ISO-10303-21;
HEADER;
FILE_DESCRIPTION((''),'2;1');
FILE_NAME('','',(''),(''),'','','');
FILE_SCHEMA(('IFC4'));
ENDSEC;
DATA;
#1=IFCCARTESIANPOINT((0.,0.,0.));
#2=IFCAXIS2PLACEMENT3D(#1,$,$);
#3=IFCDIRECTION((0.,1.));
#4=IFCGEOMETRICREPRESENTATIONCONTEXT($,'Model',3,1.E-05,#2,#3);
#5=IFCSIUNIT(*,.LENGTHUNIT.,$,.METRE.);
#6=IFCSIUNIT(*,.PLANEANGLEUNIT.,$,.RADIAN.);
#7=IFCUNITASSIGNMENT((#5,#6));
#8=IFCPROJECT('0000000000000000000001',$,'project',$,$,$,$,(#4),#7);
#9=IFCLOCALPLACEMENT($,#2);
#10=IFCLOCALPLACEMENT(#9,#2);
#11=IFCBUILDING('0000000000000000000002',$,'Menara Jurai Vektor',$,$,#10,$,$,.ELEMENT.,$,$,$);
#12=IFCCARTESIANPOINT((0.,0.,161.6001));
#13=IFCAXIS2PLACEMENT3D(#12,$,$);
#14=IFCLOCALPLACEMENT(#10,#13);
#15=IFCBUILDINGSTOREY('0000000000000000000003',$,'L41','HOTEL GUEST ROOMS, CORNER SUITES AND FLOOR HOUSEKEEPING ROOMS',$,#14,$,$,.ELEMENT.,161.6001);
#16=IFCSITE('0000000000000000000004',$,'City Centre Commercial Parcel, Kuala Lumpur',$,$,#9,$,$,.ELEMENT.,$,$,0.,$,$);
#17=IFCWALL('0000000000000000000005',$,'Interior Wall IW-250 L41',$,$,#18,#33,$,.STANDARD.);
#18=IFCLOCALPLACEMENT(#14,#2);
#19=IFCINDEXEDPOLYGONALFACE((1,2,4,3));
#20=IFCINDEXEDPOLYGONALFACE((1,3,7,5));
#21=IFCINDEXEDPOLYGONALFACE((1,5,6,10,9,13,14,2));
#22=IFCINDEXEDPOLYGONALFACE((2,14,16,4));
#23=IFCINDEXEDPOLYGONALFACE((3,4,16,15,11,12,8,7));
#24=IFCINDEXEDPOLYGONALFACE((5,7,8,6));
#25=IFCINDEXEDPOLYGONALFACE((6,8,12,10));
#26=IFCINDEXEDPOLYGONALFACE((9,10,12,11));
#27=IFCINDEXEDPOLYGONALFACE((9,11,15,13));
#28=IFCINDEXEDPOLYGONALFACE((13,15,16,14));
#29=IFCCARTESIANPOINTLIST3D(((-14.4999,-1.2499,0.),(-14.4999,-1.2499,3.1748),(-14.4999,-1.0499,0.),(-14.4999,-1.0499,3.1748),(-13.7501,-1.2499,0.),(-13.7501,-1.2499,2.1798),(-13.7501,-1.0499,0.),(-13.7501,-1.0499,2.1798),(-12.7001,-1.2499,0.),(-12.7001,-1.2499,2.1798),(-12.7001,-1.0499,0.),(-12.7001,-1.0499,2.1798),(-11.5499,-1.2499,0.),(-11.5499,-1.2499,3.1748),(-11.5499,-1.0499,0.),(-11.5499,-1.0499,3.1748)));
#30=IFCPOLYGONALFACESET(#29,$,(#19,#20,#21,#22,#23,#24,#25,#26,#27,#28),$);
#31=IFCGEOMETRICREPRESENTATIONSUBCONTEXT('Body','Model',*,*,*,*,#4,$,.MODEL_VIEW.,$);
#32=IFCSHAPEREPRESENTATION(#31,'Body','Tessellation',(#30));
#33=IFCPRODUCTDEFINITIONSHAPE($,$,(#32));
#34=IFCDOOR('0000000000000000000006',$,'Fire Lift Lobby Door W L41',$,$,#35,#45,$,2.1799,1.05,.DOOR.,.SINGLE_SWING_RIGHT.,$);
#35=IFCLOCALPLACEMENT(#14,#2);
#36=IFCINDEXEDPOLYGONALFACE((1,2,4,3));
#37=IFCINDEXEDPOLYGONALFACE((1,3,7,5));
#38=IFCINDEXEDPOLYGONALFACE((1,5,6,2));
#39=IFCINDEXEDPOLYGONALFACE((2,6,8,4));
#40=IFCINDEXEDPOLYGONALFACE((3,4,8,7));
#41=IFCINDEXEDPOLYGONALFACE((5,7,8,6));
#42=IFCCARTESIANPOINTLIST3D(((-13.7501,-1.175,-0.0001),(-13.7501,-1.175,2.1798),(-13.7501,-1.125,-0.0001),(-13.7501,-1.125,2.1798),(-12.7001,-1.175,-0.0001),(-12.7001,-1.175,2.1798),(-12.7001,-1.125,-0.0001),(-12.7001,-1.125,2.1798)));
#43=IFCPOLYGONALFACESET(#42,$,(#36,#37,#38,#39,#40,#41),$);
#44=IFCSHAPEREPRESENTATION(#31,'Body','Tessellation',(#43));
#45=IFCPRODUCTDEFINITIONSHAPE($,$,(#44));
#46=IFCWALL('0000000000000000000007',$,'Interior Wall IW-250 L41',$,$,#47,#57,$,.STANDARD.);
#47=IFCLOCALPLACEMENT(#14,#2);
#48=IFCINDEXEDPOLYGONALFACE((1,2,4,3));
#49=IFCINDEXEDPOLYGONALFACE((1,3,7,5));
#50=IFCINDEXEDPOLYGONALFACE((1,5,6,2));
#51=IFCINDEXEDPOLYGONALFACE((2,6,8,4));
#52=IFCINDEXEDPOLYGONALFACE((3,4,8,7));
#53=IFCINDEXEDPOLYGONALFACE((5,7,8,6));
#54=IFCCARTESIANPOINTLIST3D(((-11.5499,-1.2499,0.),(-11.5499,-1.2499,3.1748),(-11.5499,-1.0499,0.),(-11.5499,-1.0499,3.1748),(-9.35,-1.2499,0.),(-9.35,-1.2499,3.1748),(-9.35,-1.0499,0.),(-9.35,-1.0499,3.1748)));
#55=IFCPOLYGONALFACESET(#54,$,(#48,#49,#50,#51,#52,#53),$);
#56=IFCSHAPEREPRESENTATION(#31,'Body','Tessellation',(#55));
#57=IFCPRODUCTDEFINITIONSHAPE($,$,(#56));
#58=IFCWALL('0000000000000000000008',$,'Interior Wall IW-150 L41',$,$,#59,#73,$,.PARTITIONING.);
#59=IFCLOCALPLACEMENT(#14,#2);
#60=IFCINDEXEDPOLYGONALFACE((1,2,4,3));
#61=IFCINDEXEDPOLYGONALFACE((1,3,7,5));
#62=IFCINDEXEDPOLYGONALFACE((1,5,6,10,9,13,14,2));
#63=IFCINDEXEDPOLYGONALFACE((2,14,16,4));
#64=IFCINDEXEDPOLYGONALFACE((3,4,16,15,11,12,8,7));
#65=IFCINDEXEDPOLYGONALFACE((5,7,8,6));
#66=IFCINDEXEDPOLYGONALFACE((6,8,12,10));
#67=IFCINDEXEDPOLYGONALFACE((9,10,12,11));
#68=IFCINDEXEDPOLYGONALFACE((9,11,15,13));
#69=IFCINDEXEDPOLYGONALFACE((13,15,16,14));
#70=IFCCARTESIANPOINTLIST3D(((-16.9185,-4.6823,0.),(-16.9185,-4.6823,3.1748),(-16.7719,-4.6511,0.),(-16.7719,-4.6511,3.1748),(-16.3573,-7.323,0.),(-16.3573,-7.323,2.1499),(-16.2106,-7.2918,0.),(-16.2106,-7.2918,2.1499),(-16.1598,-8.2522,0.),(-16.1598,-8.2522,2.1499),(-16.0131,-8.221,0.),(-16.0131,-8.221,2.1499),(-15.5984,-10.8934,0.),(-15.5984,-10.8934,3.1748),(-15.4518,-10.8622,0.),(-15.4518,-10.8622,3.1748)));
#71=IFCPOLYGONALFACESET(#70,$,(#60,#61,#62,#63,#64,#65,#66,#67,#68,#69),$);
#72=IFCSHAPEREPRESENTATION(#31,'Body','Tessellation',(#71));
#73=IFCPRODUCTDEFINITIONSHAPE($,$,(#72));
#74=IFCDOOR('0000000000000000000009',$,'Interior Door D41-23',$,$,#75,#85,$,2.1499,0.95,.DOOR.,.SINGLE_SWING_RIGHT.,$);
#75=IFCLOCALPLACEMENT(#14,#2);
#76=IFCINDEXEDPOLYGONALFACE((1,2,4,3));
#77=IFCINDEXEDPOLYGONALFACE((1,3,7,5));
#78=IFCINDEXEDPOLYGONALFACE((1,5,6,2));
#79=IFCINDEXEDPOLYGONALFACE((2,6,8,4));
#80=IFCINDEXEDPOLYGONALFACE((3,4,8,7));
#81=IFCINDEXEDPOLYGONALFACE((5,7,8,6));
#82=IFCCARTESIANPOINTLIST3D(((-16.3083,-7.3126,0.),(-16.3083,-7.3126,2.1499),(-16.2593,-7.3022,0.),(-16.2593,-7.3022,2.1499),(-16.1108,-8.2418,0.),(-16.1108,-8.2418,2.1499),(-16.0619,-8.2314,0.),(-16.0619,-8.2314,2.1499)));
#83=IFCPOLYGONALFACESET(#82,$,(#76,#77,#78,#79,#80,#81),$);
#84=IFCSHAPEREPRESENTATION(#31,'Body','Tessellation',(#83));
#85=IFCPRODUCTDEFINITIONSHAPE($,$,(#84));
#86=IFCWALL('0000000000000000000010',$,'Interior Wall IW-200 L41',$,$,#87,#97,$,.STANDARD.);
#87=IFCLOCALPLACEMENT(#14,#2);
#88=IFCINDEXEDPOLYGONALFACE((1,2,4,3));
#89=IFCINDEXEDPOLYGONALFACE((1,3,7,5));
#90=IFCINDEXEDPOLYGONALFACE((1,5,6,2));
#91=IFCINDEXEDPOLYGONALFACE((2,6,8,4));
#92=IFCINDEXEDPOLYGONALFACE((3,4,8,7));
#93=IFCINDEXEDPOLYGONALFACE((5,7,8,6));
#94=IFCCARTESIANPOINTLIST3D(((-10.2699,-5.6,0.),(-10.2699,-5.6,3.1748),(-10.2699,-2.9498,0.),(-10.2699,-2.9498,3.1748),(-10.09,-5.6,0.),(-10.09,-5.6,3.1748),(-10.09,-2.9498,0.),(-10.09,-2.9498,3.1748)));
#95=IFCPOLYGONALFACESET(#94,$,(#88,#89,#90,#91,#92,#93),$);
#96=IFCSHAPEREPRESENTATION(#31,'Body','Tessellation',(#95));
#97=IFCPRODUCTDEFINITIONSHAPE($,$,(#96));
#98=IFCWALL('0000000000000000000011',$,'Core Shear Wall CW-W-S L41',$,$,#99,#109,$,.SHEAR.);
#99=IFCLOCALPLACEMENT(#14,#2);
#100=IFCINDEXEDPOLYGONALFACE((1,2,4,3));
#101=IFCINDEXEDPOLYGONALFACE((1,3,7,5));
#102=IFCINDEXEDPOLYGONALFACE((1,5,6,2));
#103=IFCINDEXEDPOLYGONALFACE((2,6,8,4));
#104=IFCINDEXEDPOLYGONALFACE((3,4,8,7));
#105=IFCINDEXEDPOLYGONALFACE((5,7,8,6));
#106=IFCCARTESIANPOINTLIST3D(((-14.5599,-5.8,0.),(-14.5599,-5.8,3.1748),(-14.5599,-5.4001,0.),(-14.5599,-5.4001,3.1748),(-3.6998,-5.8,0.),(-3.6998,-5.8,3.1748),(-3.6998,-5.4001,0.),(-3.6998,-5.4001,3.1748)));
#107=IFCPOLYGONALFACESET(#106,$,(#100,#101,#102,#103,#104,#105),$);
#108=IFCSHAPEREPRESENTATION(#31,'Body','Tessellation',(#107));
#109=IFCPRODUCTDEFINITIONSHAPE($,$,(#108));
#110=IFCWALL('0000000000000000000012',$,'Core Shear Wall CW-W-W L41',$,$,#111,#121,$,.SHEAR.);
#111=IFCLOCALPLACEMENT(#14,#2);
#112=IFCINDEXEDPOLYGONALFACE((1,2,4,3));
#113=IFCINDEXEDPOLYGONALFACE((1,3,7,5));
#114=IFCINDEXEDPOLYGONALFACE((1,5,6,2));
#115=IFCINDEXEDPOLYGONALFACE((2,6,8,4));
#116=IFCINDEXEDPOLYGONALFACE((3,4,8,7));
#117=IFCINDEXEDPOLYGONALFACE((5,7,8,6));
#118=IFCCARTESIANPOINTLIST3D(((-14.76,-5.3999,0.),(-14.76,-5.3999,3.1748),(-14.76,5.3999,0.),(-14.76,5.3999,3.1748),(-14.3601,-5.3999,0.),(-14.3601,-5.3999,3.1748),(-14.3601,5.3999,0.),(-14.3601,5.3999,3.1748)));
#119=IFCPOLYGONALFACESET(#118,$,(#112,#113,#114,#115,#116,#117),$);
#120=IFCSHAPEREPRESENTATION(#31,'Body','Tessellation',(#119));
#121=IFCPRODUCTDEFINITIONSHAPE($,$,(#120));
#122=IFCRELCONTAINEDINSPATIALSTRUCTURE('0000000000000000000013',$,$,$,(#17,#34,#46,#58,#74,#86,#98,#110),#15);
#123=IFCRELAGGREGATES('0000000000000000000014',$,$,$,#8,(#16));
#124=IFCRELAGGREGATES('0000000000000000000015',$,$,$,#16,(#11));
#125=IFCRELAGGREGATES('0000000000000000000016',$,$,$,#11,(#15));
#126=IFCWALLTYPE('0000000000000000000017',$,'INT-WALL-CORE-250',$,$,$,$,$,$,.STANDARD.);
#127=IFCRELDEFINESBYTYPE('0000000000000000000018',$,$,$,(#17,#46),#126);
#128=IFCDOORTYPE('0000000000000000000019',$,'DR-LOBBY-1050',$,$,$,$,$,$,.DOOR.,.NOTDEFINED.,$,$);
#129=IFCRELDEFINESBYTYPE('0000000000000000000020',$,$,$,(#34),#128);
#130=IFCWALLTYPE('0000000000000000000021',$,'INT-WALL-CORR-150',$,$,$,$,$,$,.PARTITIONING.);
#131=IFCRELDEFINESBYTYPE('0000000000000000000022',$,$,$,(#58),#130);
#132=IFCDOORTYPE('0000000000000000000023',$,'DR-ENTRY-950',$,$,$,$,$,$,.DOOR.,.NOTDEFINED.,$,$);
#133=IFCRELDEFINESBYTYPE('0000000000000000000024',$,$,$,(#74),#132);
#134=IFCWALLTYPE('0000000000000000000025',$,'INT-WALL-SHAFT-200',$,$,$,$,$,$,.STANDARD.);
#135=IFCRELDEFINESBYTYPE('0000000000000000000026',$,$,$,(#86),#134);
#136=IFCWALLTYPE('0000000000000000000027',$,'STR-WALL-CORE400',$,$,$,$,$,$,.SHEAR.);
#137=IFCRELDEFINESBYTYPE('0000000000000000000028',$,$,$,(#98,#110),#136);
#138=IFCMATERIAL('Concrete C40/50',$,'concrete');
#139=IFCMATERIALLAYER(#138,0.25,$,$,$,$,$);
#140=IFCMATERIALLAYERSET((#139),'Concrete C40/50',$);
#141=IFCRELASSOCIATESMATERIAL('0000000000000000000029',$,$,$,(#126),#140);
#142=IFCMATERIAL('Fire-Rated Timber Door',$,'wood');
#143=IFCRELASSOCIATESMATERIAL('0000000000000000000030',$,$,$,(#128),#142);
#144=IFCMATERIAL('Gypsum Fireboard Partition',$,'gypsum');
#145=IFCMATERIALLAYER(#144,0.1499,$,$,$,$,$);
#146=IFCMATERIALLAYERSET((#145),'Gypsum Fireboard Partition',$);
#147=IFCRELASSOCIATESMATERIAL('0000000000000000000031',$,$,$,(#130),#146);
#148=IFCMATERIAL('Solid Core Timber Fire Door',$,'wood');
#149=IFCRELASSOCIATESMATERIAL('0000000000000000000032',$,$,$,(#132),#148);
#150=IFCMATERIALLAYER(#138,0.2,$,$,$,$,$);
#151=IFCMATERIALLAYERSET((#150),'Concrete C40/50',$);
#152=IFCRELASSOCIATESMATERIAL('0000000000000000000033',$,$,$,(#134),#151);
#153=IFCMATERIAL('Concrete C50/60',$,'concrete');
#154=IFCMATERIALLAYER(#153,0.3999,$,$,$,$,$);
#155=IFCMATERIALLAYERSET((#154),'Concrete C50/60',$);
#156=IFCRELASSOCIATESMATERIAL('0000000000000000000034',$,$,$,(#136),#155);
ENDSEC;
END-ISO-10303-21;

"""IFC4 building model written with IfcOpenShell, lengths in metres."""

from ifc_helpers import new_model, si_unit, direction, frame, frame_2d, origin, place, context, subcontext, project, spatial, rectangle, extrude, material, layer, layer_set, type_object, element, fill, save


model = new_model("IFC4")

# Units and contexts
model_context = context("Model", 3, precision=1e-05, world=origin(), true_north=direction((0.0, 1.0)))
body_context = subcontext(model_context, "Body", "Model", "MODEL_VIEW")
ifc_project = project(units=[si_unit("LENGTHUNIT", "METRE"), si_unit("PLANEANGLEUNIT", "RADIAN")], contexts=[model_context])

# Site, building, storey
site_placement = place(None, origin())
site = spatial("IfcSite", under=ifc_project, at=site_placement, Name="City Centre Commercial Parcel, Kuala Lumpur", CompositionType="ELEMENT", RefElevation=0.0)
building_placement = place(site_placement, origin())
building = spatial("IfcBuilding", under=site, at=building_placement, Name="Menara Jurai Vektor", CompositionType="ELEMENT")
storey_placement = place(building_placement, frame((0.0, 0.0, 161.6001)))
storey = spatial("IfcBuildingStorey", under=building, at=storey_placement, Name="L41", Description="HOTEL GUEST ROOMS, CORNER SUITES AND FLOOR HOUSEKEEPING ROOMS", CompositionType="ELEMENT", Elevation=161.6001)

# Shared definitions
ifc_material_1 = material(Name="Concrete C50/60", Category="concrete")

# Shared definitions
ifc_material_2 = material(Name="Concrete C40/50", Category="concrete")
ifc_layer_1 = layer(ifc_material_2, 0.25)
ifc_layer_set_1 = layer_set([ifc_layer_1], Name="Concrete C40/50")
wall_type_1 = type_object("IfcWallType", Name="INT-WALL-CORE-250", PredefinedType="STANDARD", material=ifc_layer_set_1)

# Wall, opening, door
wall_1_placement = place(storey_placement, frame((-14.5, -1.1499, 0.0), z_axis=(0.0, 0.0, 1.0), x_axis=(1.0, 0.0, 0.0)))
wall_1 = element("IfcWall", 1, at=wall_1_placement, inside=storey, type_object=wall_type_1, Name="Interior Wall IW-250 L41", PredefinedType="STANDARD", context=body_context, shape_type="SweptSolid", body=[
    extrude(rectangle(XDim=2.95, YDim=0.2, at=frame_2d((1.4751, 0.0))), origin(), (0.0, 0.0, 1.0), 3.1748),
])
opening_1_placement = place(wall_1_placement, frame((0.75, 0.0, 0.0)))
opening_1 = element("IfcOpeningElement", 2, at=opening_1_placement, cuts=wall_1, PredefinedType="OPENING", context=body_context, shape_type="SweptSolid", body=[
    extrude(rectangle(XDim=1.05, YDim=2.1799, at=frame_2d((0.5249, 1.0898))), frame((0.0, 0.1099, 0.0), z_axis=(0.0, -1.0, 0.0), x_axis=(1.0, 0.0, 0.0)), (0.0, 0.0, 1.0), 0.22),
])
ifc_material_3 = material(Name="Fire-Rated Timber Door", Category="wood")
door_type_1 = type_object("IfcDoorType", Name="DR-LOBBY-1050", OperationType="NOTDEFINED", PredefinedType="DOOR", material=ifc_material_3)
door_1_placement = place(opening_1_placement, origin())
door_1 = element("IfcDoor", 3, at=door_1_placement, inside=storey, type_object=door_type_1, Name="Fire Lift Lobby Door W L41", OperationType="SINGLE_SWING_RIGHT", OverallHeight=2.1799, OverallWidth=1.05, PredefinedType="DOOR", context=body_context, shape_type="SweptSolid", body=[
    extrude(rectangle(XDim=1.05, YDim=2.1799, at=frame_2d((0.5249, 1.0898))), frame((0.0, 0.0249, 0.0), z_axis=(0.0, -1.0, 0.0), x_axis=(1.0, 0.0, 0.0)), (0.0, 0.0, 1.0), 0.05),
])
fill(opening_1, door_1)

# Wall
wall_2_placement = place(storey_placement, frame((-11.55, -1.1499, 0.0), z_axis=(0.0, 0.0, 1.0), x_axis=(1.0, 0.0, 0.0)))
element("IfcWall", 4, at=wall_2_placement, inside=storey, type_object=wall_type_1, Name="Interior Wall IW-250 L41", PredefinedType="STANDARD", context=body_context, shape_type="SweptSolid", body=[
    extrude(rectangle(XDim=2.2, YDim=0.2, at=frame_2d((1.1001, 0.0))), origin(), (0.0, 0.0, 1.0), 3.1748),
])

# Wall, opening, door
ifc_material_4 = material(Name="Gypsum Fireboard Partition", Category="gypsum")
ifc_layer_2 = layer(ifc_material_4, 0.1499)
ifc_layer_set_2 = layer_set([ifc_layer_2], Name="Gypsum Fireboard Partition")
wall_type_2 = type_object("IfcWallType", Name="INT-WALL-CORR-150", PredefinedType="PARTITIONING", material=ifc_layer_set_2)
wall_3_placement = place(storey_placement, frame((-15.5251, -10.8777, 0.0), z_axis=(0.0, 0.0, 1.0), x_axis=(-0.207888, 0.978153, 0.0)))
wall_3 = element("IfcWall", 5, at=wall_3_placement, inside=storey, type_object=wall_type_2, Name="Interior Wall IW-150 L41", PredefinedType="PARTITIONING", context=body_context, shape_type="SweptSolid", body=[
    extrude(rectangle(XDim=6.3499, YDim=0.1499, at=frame_2d((3.1748, 0.0))), origin(), (0.0, 0.0, 1.0), 3.1748),
])
opening_2_placement = place(wall_3_placement, frame((2.7, 0.0, 0.0)))
opening_2 = element("IfcOpeningElement", 6, at=opening_2_placement, cuts=wall_3, PredefinedType="OPENING", context=body_context, shape_type="SweptSolid", body=[
    extrude(rectangle(XDim=0.95, YDim=2.1499, at=frame_2d((0.4751, 1.075))), frame((0.0, 0.085, 0.0), z_axis=(0.0, -1.0, 0.0), x_axis=(1.0, 0.0, 0.0)), (0.0, 0.0, 1.0), 0.1699),
])
ifc_material_5 = material(Name="Solid Core Timber Fire Door", Category="wood")
door_type_2 = type_object("IfcDoorType", Name="DR-ENTRY-950", OperationType="NOTDEFINED", PredefinedType="DOOR", material=ifc_material_5)
door_2_placement = place(opening_2_placement, origin())
door_2 = element("IfcDoor", 7, at=door_2_placement, inside=storey, type_object=door_type_2, Name="Interior Door D41-23", OperationType="SINGLE_SWING_RIGHT", OverallHeight=2.1499, OverallWidth=0.95, PredefinedType="DOOR", context=body_context, shape_type="SweptSolid", body=[
    extrude(rectangle(XDim=0.95, YDim=2.1499, at=frame_2d((0.4751, 1.075))), frame((0.0, 0.0249, 0.0), z_axis=(0.0, -1.0, 0.0), x_axis=(1.0, 0.0, 0.0)), (0.0, 0.0, 1.0), 0.05),
])
fill(opening_2, door_2)

# Shared definitions
ifc_layer_3 = layer(ifc_material_2, 0.2)
ifc_layer_set_3 = layer_set([ifc_layer_3], Name="Concrete C40/50")
wall_type_3 = type_object("IfcWallType", Name="INT-WALL-SHAFT-200", PredefinedType="STANDARD", material=ifc_layer_set_3)

# Walls
wall_4_placement = place(storey_placement, frame((-10.1799, -5.6001, 0.0), z_axis=(0.0, 0.0, 1.0), x_axis=(0.0, 1.0, 0.0)))
element("IfcWall", 8, at=wall_4_placement, inside=storey, type_object=wall_type_3, Name="Interior Wall IW-200 L41", PredefinedType="STANDARD", context=body_context, shape_type="SweptSolid", body=[
    extrude(rectangle(XDim=2.6501, YDim=0.1799, at=frame_2d((1.3252, 0.0))), origin(), (0.0, 0.0, 1.0), 3.1748),
])
ifc_layer_4 = layer(ifc_material_1, 0.3999)
ifc_layer_set_4 = layer_set([ifc_layer_4], Name="Concrete C50/60")
wall_type_4 = type_object("IfcWallType", Name="STR-WALL-CORE400", PredefinedType="SHEAR", material=ifc_layer_set_4)
wall_5_placement = place(storey_placement, frame((-14.5601, -5.6001, 0.0), z_axis=(0.0, 0.0, 1.0), x_axis=(1.0, 0.0, 0.0)))
element("IfcWall", 9, at=wall_5_placement, inside=storey, type_object=wall_type_4, Name="Core Shear Wall CW-W-S L41", PredefinedType="SHEAR", context=body_context, shape_type="SweptSolid", body=[
    extrude(rectangle(XDim=10.8601, YDim=0.3999, at=frame_2d((5.4302, 0.0))), origin(), (0.0, 0.0, 1.0), 3.1748),
])
wall_6_placement = place(storey_placement, frame((-14.5601, -5.3999, 0.0), z_axis=(0.0, 0.0, 1.0), x_axis=(0.0, 1.0, 0.0)))
element("IfcWall", 10, at=wall_6_placement, inside=storey, type_object=wall_type_4, Name="Core Shear Wall CW-W-W L41", PredefinedType="SHEAR", context=body_context, shape_type="SweptSolid", body=[
    extrude(rectangle(XDim=10.7998, YDim=0.3999, at=frame_2d((5.3999, 0.0))), origin(), (0.0, 0.0, 1.0), 3.1748),
])

save(model, "model.ifc")
